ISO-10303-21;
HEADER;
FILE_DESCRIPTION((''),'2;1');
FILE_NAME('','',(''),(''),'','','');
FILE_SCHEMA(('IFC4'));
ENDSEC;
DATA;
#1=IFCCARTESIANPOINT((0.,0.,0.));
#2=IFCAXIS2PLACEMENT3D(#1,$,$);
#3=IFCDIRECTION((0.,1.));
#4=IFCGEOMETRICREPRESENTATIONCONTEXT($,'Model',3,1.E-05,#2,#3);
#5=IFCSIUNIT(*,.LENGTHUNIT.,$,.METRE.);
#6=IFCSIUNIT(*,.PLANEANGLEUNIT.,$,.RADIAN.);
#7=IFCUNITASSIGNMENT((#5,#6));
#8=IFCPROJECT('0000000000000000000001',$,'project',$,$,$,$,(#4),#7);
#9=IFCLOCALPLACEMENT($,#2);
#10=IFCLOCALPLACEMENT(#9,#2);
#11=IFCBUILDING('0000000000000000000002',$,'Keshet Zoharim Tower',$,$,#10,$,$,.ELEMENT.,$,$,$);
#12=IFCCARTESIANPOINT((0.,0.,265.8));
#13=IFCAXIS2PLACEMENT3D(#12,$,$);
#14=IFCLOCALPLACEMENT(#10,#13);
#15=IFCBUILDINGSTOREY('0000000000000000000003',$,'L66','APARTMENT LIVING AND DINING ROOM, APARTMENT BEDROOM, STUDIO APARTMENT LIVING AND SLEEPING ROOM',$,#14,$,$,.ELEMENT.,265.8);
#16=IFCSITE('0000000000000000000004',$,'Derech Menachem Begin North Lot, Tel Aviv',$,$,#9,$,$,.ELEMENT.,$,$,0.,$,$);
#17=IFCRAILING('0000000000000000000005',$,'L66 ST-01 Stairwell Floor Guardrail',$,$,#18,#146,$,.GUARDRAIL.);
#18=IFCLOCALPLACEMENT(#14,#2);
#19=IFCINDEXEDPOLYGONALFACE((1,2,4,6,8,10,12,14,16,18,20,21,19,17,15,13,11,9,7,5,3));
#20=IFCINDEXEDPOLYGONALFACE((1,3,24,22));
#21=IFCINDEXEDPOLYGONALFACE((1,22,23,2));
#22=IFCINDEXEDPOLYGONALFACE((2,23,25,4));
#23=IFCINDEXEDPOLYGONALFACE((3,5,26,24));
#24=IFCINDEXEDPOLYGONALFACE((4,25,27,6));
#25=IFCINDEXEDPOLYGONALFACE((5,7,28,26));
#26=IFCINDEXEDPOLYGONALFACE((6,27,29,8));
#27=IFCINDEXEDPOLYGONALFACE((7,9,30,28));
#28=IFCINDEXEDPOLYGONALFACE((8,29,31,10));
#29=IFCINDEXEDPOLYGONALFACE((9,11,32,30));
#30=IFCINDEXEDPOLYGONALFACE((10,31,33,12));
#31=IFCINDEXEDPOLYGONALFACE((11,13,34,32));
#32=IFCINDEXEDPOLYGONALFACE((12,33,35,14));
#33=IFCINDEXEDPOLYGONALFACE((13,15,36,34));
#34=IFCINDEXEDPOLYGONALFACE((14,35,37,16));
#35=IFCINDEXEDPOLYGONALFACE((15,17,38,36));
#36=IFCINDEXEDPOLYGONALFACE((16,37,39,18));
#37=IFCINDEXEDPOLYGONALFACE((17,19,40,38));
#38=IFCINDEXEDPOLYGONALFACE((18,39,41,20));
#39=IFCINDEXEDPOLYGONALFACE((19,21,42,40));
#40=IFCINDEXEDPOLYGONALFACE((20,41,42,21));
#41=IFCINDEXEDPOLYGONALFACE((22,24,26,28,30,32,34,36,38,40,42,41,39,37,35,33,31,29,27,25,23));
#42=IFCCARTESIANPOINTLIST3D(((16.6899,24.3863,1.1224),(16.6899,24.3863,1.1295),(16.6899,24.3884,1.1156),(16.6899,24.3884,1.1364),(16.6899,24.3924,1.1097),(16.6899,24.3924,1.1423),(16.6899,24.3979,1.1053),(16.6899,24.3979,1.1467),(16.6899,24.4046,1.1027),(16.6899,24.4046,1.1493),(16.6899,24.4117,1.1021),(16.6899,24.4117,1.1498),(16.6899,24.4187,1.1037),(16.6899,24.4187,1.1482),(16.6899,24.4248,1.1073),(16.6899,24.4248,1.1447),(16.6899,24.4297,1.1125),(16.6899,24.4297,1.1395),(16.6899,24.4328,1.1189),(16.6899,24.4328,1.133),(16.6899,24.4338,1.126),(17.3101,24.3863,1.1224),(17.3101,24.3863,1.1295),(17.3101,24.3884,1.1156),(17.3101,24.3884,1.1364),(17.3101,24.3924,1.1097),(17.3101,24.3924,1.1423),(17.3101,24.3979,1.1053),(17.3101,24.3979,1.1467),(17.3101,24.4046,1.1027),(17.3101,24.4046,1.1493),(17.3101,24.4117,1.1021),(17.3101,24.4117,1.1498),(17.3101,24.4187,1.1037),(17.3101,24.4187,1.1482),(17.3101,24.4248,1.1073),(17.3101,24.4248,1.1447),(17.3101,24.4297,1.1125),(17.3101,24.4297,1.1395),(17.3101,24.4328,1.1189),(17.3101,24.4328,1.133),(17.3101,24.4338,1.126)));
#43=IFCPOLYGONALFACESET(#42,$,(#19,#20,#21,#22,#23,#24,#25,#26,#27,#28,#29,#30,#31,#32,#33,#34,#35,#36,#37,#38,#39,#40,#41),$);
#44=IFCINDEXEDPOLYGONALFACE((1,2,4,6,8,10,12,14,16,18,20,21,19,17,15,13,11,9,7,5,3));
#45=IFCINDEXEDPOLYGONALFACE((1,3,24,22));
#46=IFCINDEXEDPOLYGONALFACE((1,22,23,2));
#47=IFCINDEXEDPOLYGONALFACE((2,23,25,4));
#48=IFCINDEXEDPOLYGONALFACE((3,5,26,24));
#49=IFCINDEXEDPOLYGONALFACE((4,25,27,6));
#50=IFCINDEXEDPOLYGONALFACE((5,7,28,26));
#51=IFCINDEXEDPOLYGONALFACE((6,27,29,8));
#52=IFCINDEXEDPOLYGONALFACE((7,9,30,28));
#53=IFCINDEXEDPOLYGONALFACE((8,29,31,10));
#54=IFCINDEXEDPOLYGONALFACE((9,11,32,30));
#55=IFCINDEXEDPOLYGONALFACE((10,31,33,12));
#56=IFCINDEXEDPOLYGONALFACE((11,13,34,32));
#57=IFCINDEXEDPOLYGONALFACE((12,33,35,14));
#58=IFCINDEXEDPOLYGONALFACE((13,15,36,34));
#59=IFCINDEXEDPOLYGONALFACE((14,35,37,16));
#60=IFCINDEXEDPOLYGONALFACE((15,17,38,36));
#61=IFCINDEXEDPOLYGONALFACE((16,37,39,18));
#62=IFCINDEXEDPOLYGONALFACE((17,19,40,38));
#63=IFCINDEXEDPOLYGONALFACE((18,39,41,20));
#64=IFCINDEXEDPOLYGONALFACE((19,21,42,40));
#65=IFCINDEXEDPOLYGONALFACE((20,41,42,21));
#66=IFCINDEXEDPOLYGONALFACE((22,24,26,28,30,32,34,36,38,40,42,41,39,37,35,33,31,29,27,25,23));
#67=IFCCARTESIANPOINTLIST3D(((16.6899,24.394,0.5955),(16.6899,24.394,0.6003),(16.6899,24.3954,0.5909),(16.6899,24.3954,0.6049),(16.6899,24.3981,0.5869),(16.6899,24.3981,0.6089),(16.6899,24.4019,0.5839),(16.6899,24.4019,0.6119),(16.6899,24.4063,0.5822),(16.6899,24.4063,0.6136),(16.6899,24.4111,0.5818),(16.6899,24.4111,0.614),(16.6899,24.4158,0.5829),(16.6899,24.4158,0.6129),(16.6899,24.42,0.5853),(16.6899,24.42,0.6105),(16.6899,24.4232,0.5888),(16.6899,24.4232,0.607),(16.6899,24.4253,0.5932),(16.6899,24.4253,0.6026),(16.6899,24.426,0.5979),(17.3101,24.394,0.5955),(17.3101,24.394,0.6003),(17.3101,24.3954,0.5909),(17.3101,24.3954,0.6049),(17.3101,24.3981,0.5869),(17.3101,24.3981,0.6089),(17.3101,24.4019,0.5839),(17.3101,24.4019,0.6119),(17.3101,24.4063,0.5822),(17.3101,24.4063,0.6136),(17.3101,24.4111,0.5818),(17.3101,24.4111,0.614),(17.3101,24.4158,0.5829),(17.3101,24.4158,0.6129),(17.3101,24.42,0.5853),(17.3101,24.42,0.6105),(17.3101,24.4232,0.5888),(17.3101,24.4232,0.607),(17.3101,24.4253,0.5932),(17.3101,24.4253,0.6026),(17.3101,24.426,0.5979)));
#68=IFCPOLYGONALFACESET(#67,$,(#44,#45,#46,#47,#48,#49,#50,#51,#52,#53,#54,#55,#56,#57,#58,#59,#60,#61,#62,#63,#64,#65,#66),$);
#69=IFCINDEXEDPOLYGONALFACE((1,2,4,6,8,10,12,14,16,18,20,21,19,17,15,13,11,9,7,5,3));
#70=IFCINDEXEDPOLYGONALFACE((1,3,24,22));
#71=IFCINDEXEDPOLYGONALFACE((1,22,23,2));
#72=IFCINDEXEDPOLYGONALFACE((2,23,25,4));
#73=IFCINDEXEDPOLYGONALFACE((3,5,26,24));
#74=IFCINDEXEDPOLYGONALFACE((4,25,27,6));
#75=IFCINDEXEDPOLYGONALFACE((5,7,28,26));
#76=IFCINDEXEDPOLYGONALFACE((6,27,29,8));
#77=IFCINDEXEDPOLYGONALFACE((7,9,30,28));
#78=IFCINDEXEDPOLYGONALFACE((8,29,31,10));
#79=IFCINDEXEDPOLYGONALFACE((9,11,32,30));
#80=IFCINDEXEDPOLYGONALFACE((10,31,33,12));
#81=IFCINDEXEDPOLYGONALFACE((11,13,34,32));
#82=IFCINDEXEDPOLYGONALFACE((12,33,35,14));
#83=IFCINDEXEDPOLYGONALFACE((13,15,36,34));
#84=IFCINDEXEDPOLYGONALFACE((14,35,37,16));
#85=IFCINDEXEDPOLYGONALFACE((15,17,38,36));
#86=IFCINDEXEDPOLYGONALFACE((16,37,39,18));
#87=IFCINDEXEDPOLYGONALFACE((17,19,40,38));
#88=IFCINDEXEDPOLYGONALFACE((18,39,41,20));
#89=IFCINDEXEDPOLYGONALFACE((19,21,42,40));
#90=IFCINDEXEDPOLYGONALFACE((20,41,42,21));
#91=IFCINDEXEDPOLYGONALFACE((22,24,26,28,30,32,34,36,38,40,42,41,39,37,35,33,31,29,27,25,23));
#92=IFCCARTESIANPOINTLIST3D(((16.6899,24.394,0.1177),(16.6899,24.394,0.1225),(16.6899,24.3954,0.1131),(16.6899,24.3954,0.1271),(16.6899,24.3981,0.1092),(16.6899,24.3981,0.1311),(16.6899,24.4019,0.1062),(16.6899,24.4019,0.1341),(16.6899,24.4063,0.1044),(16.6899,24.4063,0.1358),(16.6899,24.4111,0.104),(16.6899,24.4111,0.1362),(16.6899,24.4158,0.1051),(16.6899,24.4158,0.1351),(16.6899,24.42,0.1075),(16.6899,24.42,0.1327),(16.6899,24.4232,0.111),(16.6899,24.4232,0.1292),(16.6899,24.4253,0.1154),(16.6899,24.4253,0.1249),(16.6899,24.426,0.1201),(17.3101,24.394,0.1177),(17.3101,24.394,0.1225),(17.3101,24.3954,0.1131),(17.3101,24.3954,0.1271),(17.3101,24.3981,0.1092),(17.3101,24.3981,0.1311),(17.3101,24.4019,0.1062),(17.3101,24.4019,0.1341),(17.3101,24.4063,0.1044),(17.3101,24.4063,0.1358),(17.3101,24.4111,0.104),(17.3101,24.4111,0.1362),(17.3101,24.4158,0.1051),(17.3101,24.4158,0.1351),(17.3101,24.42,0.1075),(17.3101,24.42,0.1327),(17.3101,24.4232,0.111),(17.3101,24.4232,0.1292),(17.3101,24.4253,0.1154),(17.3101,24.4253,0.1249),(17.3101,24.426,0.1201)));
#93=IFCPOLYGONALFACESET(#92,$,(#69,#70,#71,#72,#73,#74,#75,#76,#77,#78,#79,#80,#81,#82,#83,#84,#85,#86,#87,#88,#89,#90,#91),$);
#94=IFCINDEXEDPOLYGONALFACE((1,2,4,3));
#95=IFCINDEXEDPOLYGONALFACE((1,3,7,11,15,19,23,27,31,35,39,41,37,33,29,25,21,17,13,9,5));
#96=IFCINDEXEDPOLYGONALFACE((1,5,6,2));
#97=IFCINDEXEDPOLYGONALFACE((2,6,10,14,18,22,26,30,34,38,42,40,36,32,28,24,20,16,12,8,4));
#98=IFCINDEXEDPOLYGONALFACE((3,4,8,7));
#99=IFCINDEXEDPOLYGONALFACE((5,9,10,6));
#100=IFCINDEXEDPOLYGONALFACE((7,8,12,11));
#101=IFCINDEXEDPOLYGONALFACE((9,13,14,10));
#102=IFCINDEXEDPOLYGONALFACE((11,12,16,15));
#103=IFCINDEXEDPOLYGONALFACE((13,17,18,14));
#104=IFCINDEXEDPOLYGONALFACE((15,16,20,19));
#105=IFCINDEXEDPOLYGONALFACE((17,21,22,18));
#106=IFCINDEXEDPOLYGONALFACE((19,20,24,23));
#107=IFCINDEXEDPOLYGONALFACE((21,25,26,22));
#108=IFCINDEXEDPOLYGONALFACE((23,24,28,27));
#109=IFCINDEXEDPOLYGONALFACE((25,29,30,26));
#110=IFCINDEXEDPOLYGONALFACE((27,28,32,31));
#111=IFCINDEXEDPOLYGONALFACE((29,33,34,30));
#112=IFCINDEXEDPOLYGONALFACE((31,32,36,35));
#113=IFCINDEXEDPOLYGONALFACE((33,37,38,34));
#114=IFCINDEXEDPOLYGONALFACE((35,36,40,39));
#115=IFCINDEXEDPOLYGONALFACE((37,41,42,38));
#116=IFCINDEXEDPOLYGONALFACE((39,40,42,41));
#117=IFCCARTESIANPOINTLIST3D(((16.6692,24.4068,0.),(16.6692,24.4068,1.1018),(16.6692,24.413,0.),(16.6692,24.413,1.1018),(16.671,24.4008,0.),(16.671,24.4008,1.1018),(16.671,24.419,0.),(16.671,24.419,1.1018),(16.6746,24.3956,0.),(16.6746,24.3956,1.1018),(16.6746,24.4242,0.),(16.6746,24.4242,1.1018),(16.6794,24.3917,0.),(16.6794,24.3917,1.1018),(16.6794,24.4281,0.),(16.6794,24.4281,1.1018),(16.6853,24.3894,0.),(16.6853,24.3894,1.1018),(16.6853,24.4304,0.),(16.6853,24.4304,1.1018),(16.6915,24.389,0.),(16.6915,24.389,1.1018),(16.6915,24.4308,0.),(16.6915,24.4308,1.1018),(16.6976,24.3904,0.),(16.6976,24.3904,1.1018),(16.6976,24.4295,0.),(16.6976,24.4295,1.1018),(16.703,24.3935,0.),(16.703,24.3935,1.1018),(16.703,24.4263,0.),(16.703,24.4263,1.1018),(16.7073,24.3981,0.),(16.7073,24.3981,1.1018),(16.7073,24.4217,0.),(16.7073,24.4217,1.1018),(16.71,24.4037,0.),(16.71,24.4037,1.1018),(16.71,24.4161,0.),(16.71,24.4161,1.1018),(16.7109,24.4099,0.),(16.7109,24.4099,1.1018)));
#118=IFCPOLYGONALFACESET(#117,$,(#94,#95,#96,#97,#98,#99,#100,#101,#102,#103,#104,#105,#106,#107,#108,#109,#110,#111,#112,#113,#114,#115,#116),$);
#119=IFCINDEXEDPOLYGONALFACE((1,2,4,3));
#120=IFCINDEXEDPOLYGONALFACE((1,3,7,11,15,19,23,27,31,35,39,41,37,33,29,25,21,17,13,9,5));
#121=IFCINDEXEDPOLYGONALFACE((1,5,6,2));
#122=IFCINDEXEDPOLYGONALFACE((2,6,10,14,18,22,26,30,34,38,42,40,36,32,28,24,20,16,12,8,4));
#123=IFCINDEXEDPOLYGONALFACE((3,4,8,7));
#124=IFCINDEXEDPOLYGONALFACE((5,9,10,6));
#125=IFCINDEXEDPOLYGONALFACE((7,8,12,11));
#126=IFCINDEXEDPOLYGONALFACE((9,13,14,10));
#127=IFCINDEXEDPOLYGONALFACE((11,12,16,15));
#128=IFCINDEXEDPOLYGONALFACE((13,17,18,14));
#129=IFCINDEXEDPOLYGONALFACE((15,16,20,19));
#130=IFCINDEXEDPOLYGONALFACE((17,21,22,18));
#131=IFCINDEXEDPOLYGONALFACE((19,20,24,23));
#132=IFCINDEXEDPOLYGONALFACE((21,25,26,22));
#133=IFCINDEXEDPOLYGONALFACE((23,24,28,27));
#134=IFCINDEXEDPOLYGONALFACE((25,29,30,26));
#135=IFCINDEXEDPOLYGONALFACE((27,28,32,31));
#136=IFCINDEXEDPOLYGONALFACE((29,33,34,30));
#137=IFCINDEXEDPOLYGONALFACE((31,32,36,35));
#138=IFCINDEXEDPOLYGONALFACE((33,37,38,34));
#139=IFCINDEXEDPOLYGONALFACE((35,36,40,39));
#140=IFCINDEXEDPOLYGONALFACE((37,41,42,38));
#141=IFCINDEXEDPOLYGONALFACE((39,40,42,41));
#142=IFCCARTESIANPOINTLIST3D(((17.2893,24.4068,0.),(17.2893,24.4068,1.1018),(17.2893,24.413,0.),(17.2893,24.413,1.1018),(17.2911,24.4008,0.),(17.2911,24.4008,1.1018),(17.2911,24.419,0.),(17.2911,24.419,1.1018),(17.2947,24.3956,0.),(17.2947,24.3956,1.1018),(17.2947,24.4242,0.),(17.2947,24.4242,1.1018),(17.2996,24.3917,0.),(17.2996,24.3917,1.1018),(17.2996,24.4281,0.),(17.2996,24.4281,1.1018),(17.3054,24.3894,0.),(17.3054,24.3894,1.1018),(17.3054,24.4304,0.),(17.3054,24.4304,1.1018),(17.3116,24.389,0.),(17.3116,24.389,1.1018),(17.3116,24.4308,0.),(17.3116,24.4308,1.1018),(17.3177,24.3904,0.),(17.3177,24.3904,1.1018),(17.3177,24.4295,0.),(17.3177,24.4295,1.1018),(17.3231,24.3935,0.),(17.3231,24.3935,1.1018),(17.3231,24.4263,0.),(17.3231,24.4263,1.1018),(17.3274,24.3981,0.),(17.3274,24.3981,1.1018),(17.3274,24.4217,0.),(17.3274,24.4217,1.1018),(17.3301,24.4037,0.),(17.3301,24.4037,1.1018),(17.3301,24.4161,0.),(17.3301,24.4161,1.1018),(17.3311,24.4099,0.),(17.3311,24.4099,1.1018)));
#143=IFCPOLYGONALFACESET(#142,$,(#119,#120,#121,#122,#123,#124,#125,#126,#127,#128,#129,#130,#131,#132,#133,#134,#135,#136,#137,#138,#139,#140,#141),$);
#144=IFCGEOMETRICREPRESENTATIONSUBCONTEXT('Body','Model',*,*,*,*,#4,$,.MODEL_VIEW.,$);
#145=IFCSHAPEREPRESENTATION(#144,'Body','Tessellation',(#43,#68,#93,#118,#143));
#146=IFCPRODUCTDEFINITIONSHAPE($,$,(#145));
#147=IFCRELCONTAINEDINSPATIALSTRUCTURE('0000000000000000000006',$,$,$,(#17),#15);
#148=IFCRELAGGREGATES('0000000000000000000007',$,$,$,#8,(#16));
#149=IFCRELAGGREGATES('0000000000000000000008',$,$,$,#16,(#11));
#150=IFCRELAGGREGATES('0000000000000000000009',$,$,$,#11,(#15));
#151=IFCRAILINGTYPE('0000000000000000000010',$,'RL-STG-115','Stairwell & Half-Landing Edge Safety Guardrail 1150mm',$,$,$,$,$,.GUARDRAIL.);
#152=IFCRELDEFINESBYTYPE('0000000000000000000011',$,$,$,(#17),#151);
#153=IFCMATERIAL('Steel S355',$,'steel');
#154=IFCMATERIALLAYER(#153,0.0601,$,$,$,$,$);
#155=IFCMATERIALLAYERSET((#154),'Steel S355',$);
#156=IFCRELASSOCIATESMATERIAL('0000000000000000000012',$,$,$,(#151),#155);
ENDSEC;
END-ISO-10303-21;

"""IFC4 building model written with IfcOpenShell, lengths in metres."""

from ifc_helpers import new_model, si_unit, direction, frame, origin, origin_2d, place, context, subcontext, project, spatial, circle, extrude, material, layer, layer_set, type_object, element, save


model = new_model("IFC4")

# Units and contexts
model_context = context("Model", 3, precision=1e-05, world=origin(), true_north=direction((0.0, 1.0)))
body_context = subcontext(model_context, "Body", "Model", "MODEL_VIEW")
ifc_project = project(units=[si_unit("LENGTHUNIT", "METRE"), si_unit("PLANEANGLEUNIT", "RADIAN")], contexts=[model_context])

# Site, building, storey
site_placement = place(None, origin())
site = spatial("IfcSite", under=ifc_project, at=site_placement, Name="Derech Menachem Begin North Lot, Tel Aviv", CompositionType="ELEMENT", RefElevation=0.0)
building_placement = place(site_placement, origin())
building = spatial("IfcBuilding", under=site, at=building_placement, Name="Keshet Zoharim Tower", CompositionType="ELEMENT")
storey_placement = place(building_placement, frame((0.0, 0.0, 265.8)))
storey = spatial("IfcBuildingStorey", under=building, at=storey_placement, Name="L66", Description="APARTMENT LIVING AND DINING ROOM, APARTMENT BEDROOM, STUDIO APARTMENT LIVING AND SLEEPING ROOM", CompositionType="ELEMENT", Elevation=265.8)

# Shared definitions
ifc_material_1 = material(Name="Steel S355", Category="steel")

# Railing
ifc_layer_1 = layer(ifc_material_1, 0.0601)
ifc_layer_set_1 = layer_set([ifc_layer_1], Name="Steel S355")
railing_type_1 = type_object("IfcRailingType", Name="RL-STG-115", Description="Stairwell & Half-Landing Edge Safety Guardrail 1150mm", PredefinedType="GUARDRAIL", material=ifc_layer_set_1)
railing_1_placement = place(storey_placement, frame((16.6899, 24.4099, 0.0)))
element("IfcRailing", 1, at=railing_1_placement, inside=storey, type_object=railing_type_1, Name="L66 ST-01 Stairwell Floor Guardrail", PredefinedType="GUARDRAIL", context=body_context, shape_type="SweptSolid", body=[
    extrude(circle(Radius=0.0239, at=origin_2d()), frame((0.0, 0.0, 1.126), z_axis=(1.0, 0.0, 0.0), x_axis=(0.0, 1.0, 0.0)), (0.0, 0.0, 1.0), 0.6201),
    extrude(circle(Radius=0.0161, at=origin_2d()), frame((0.0, 0.0, 0.5979), z_axis=(1.0, 0.0, 0.0), x_axis=(0.0, 1.0, 0.0)), (0.0, 0.0, 1.0), 0.6201),
    extrude(circle(Radius=0.0161, at=origin_2d()), frame((0.0, 0.0, 0.1201), z_axis=(1.0, 0.0, 0.0), x_axis=(0.0, 1.0, 0.0)), (0.0, 0.0, 1.0), 0.6201),
    extrude(circle(Radius=0.021, at=origin_2d()), origin(), (0.0, 0.0, 1.0), 1.1018),
    extrude(circle(Radius=0.021, at=origin_2d()), frame((0.6201, 0.0, 0.0)), (0.0, 0.0, 1.0), 1.1018),
])

save(model, "model.ifc")
